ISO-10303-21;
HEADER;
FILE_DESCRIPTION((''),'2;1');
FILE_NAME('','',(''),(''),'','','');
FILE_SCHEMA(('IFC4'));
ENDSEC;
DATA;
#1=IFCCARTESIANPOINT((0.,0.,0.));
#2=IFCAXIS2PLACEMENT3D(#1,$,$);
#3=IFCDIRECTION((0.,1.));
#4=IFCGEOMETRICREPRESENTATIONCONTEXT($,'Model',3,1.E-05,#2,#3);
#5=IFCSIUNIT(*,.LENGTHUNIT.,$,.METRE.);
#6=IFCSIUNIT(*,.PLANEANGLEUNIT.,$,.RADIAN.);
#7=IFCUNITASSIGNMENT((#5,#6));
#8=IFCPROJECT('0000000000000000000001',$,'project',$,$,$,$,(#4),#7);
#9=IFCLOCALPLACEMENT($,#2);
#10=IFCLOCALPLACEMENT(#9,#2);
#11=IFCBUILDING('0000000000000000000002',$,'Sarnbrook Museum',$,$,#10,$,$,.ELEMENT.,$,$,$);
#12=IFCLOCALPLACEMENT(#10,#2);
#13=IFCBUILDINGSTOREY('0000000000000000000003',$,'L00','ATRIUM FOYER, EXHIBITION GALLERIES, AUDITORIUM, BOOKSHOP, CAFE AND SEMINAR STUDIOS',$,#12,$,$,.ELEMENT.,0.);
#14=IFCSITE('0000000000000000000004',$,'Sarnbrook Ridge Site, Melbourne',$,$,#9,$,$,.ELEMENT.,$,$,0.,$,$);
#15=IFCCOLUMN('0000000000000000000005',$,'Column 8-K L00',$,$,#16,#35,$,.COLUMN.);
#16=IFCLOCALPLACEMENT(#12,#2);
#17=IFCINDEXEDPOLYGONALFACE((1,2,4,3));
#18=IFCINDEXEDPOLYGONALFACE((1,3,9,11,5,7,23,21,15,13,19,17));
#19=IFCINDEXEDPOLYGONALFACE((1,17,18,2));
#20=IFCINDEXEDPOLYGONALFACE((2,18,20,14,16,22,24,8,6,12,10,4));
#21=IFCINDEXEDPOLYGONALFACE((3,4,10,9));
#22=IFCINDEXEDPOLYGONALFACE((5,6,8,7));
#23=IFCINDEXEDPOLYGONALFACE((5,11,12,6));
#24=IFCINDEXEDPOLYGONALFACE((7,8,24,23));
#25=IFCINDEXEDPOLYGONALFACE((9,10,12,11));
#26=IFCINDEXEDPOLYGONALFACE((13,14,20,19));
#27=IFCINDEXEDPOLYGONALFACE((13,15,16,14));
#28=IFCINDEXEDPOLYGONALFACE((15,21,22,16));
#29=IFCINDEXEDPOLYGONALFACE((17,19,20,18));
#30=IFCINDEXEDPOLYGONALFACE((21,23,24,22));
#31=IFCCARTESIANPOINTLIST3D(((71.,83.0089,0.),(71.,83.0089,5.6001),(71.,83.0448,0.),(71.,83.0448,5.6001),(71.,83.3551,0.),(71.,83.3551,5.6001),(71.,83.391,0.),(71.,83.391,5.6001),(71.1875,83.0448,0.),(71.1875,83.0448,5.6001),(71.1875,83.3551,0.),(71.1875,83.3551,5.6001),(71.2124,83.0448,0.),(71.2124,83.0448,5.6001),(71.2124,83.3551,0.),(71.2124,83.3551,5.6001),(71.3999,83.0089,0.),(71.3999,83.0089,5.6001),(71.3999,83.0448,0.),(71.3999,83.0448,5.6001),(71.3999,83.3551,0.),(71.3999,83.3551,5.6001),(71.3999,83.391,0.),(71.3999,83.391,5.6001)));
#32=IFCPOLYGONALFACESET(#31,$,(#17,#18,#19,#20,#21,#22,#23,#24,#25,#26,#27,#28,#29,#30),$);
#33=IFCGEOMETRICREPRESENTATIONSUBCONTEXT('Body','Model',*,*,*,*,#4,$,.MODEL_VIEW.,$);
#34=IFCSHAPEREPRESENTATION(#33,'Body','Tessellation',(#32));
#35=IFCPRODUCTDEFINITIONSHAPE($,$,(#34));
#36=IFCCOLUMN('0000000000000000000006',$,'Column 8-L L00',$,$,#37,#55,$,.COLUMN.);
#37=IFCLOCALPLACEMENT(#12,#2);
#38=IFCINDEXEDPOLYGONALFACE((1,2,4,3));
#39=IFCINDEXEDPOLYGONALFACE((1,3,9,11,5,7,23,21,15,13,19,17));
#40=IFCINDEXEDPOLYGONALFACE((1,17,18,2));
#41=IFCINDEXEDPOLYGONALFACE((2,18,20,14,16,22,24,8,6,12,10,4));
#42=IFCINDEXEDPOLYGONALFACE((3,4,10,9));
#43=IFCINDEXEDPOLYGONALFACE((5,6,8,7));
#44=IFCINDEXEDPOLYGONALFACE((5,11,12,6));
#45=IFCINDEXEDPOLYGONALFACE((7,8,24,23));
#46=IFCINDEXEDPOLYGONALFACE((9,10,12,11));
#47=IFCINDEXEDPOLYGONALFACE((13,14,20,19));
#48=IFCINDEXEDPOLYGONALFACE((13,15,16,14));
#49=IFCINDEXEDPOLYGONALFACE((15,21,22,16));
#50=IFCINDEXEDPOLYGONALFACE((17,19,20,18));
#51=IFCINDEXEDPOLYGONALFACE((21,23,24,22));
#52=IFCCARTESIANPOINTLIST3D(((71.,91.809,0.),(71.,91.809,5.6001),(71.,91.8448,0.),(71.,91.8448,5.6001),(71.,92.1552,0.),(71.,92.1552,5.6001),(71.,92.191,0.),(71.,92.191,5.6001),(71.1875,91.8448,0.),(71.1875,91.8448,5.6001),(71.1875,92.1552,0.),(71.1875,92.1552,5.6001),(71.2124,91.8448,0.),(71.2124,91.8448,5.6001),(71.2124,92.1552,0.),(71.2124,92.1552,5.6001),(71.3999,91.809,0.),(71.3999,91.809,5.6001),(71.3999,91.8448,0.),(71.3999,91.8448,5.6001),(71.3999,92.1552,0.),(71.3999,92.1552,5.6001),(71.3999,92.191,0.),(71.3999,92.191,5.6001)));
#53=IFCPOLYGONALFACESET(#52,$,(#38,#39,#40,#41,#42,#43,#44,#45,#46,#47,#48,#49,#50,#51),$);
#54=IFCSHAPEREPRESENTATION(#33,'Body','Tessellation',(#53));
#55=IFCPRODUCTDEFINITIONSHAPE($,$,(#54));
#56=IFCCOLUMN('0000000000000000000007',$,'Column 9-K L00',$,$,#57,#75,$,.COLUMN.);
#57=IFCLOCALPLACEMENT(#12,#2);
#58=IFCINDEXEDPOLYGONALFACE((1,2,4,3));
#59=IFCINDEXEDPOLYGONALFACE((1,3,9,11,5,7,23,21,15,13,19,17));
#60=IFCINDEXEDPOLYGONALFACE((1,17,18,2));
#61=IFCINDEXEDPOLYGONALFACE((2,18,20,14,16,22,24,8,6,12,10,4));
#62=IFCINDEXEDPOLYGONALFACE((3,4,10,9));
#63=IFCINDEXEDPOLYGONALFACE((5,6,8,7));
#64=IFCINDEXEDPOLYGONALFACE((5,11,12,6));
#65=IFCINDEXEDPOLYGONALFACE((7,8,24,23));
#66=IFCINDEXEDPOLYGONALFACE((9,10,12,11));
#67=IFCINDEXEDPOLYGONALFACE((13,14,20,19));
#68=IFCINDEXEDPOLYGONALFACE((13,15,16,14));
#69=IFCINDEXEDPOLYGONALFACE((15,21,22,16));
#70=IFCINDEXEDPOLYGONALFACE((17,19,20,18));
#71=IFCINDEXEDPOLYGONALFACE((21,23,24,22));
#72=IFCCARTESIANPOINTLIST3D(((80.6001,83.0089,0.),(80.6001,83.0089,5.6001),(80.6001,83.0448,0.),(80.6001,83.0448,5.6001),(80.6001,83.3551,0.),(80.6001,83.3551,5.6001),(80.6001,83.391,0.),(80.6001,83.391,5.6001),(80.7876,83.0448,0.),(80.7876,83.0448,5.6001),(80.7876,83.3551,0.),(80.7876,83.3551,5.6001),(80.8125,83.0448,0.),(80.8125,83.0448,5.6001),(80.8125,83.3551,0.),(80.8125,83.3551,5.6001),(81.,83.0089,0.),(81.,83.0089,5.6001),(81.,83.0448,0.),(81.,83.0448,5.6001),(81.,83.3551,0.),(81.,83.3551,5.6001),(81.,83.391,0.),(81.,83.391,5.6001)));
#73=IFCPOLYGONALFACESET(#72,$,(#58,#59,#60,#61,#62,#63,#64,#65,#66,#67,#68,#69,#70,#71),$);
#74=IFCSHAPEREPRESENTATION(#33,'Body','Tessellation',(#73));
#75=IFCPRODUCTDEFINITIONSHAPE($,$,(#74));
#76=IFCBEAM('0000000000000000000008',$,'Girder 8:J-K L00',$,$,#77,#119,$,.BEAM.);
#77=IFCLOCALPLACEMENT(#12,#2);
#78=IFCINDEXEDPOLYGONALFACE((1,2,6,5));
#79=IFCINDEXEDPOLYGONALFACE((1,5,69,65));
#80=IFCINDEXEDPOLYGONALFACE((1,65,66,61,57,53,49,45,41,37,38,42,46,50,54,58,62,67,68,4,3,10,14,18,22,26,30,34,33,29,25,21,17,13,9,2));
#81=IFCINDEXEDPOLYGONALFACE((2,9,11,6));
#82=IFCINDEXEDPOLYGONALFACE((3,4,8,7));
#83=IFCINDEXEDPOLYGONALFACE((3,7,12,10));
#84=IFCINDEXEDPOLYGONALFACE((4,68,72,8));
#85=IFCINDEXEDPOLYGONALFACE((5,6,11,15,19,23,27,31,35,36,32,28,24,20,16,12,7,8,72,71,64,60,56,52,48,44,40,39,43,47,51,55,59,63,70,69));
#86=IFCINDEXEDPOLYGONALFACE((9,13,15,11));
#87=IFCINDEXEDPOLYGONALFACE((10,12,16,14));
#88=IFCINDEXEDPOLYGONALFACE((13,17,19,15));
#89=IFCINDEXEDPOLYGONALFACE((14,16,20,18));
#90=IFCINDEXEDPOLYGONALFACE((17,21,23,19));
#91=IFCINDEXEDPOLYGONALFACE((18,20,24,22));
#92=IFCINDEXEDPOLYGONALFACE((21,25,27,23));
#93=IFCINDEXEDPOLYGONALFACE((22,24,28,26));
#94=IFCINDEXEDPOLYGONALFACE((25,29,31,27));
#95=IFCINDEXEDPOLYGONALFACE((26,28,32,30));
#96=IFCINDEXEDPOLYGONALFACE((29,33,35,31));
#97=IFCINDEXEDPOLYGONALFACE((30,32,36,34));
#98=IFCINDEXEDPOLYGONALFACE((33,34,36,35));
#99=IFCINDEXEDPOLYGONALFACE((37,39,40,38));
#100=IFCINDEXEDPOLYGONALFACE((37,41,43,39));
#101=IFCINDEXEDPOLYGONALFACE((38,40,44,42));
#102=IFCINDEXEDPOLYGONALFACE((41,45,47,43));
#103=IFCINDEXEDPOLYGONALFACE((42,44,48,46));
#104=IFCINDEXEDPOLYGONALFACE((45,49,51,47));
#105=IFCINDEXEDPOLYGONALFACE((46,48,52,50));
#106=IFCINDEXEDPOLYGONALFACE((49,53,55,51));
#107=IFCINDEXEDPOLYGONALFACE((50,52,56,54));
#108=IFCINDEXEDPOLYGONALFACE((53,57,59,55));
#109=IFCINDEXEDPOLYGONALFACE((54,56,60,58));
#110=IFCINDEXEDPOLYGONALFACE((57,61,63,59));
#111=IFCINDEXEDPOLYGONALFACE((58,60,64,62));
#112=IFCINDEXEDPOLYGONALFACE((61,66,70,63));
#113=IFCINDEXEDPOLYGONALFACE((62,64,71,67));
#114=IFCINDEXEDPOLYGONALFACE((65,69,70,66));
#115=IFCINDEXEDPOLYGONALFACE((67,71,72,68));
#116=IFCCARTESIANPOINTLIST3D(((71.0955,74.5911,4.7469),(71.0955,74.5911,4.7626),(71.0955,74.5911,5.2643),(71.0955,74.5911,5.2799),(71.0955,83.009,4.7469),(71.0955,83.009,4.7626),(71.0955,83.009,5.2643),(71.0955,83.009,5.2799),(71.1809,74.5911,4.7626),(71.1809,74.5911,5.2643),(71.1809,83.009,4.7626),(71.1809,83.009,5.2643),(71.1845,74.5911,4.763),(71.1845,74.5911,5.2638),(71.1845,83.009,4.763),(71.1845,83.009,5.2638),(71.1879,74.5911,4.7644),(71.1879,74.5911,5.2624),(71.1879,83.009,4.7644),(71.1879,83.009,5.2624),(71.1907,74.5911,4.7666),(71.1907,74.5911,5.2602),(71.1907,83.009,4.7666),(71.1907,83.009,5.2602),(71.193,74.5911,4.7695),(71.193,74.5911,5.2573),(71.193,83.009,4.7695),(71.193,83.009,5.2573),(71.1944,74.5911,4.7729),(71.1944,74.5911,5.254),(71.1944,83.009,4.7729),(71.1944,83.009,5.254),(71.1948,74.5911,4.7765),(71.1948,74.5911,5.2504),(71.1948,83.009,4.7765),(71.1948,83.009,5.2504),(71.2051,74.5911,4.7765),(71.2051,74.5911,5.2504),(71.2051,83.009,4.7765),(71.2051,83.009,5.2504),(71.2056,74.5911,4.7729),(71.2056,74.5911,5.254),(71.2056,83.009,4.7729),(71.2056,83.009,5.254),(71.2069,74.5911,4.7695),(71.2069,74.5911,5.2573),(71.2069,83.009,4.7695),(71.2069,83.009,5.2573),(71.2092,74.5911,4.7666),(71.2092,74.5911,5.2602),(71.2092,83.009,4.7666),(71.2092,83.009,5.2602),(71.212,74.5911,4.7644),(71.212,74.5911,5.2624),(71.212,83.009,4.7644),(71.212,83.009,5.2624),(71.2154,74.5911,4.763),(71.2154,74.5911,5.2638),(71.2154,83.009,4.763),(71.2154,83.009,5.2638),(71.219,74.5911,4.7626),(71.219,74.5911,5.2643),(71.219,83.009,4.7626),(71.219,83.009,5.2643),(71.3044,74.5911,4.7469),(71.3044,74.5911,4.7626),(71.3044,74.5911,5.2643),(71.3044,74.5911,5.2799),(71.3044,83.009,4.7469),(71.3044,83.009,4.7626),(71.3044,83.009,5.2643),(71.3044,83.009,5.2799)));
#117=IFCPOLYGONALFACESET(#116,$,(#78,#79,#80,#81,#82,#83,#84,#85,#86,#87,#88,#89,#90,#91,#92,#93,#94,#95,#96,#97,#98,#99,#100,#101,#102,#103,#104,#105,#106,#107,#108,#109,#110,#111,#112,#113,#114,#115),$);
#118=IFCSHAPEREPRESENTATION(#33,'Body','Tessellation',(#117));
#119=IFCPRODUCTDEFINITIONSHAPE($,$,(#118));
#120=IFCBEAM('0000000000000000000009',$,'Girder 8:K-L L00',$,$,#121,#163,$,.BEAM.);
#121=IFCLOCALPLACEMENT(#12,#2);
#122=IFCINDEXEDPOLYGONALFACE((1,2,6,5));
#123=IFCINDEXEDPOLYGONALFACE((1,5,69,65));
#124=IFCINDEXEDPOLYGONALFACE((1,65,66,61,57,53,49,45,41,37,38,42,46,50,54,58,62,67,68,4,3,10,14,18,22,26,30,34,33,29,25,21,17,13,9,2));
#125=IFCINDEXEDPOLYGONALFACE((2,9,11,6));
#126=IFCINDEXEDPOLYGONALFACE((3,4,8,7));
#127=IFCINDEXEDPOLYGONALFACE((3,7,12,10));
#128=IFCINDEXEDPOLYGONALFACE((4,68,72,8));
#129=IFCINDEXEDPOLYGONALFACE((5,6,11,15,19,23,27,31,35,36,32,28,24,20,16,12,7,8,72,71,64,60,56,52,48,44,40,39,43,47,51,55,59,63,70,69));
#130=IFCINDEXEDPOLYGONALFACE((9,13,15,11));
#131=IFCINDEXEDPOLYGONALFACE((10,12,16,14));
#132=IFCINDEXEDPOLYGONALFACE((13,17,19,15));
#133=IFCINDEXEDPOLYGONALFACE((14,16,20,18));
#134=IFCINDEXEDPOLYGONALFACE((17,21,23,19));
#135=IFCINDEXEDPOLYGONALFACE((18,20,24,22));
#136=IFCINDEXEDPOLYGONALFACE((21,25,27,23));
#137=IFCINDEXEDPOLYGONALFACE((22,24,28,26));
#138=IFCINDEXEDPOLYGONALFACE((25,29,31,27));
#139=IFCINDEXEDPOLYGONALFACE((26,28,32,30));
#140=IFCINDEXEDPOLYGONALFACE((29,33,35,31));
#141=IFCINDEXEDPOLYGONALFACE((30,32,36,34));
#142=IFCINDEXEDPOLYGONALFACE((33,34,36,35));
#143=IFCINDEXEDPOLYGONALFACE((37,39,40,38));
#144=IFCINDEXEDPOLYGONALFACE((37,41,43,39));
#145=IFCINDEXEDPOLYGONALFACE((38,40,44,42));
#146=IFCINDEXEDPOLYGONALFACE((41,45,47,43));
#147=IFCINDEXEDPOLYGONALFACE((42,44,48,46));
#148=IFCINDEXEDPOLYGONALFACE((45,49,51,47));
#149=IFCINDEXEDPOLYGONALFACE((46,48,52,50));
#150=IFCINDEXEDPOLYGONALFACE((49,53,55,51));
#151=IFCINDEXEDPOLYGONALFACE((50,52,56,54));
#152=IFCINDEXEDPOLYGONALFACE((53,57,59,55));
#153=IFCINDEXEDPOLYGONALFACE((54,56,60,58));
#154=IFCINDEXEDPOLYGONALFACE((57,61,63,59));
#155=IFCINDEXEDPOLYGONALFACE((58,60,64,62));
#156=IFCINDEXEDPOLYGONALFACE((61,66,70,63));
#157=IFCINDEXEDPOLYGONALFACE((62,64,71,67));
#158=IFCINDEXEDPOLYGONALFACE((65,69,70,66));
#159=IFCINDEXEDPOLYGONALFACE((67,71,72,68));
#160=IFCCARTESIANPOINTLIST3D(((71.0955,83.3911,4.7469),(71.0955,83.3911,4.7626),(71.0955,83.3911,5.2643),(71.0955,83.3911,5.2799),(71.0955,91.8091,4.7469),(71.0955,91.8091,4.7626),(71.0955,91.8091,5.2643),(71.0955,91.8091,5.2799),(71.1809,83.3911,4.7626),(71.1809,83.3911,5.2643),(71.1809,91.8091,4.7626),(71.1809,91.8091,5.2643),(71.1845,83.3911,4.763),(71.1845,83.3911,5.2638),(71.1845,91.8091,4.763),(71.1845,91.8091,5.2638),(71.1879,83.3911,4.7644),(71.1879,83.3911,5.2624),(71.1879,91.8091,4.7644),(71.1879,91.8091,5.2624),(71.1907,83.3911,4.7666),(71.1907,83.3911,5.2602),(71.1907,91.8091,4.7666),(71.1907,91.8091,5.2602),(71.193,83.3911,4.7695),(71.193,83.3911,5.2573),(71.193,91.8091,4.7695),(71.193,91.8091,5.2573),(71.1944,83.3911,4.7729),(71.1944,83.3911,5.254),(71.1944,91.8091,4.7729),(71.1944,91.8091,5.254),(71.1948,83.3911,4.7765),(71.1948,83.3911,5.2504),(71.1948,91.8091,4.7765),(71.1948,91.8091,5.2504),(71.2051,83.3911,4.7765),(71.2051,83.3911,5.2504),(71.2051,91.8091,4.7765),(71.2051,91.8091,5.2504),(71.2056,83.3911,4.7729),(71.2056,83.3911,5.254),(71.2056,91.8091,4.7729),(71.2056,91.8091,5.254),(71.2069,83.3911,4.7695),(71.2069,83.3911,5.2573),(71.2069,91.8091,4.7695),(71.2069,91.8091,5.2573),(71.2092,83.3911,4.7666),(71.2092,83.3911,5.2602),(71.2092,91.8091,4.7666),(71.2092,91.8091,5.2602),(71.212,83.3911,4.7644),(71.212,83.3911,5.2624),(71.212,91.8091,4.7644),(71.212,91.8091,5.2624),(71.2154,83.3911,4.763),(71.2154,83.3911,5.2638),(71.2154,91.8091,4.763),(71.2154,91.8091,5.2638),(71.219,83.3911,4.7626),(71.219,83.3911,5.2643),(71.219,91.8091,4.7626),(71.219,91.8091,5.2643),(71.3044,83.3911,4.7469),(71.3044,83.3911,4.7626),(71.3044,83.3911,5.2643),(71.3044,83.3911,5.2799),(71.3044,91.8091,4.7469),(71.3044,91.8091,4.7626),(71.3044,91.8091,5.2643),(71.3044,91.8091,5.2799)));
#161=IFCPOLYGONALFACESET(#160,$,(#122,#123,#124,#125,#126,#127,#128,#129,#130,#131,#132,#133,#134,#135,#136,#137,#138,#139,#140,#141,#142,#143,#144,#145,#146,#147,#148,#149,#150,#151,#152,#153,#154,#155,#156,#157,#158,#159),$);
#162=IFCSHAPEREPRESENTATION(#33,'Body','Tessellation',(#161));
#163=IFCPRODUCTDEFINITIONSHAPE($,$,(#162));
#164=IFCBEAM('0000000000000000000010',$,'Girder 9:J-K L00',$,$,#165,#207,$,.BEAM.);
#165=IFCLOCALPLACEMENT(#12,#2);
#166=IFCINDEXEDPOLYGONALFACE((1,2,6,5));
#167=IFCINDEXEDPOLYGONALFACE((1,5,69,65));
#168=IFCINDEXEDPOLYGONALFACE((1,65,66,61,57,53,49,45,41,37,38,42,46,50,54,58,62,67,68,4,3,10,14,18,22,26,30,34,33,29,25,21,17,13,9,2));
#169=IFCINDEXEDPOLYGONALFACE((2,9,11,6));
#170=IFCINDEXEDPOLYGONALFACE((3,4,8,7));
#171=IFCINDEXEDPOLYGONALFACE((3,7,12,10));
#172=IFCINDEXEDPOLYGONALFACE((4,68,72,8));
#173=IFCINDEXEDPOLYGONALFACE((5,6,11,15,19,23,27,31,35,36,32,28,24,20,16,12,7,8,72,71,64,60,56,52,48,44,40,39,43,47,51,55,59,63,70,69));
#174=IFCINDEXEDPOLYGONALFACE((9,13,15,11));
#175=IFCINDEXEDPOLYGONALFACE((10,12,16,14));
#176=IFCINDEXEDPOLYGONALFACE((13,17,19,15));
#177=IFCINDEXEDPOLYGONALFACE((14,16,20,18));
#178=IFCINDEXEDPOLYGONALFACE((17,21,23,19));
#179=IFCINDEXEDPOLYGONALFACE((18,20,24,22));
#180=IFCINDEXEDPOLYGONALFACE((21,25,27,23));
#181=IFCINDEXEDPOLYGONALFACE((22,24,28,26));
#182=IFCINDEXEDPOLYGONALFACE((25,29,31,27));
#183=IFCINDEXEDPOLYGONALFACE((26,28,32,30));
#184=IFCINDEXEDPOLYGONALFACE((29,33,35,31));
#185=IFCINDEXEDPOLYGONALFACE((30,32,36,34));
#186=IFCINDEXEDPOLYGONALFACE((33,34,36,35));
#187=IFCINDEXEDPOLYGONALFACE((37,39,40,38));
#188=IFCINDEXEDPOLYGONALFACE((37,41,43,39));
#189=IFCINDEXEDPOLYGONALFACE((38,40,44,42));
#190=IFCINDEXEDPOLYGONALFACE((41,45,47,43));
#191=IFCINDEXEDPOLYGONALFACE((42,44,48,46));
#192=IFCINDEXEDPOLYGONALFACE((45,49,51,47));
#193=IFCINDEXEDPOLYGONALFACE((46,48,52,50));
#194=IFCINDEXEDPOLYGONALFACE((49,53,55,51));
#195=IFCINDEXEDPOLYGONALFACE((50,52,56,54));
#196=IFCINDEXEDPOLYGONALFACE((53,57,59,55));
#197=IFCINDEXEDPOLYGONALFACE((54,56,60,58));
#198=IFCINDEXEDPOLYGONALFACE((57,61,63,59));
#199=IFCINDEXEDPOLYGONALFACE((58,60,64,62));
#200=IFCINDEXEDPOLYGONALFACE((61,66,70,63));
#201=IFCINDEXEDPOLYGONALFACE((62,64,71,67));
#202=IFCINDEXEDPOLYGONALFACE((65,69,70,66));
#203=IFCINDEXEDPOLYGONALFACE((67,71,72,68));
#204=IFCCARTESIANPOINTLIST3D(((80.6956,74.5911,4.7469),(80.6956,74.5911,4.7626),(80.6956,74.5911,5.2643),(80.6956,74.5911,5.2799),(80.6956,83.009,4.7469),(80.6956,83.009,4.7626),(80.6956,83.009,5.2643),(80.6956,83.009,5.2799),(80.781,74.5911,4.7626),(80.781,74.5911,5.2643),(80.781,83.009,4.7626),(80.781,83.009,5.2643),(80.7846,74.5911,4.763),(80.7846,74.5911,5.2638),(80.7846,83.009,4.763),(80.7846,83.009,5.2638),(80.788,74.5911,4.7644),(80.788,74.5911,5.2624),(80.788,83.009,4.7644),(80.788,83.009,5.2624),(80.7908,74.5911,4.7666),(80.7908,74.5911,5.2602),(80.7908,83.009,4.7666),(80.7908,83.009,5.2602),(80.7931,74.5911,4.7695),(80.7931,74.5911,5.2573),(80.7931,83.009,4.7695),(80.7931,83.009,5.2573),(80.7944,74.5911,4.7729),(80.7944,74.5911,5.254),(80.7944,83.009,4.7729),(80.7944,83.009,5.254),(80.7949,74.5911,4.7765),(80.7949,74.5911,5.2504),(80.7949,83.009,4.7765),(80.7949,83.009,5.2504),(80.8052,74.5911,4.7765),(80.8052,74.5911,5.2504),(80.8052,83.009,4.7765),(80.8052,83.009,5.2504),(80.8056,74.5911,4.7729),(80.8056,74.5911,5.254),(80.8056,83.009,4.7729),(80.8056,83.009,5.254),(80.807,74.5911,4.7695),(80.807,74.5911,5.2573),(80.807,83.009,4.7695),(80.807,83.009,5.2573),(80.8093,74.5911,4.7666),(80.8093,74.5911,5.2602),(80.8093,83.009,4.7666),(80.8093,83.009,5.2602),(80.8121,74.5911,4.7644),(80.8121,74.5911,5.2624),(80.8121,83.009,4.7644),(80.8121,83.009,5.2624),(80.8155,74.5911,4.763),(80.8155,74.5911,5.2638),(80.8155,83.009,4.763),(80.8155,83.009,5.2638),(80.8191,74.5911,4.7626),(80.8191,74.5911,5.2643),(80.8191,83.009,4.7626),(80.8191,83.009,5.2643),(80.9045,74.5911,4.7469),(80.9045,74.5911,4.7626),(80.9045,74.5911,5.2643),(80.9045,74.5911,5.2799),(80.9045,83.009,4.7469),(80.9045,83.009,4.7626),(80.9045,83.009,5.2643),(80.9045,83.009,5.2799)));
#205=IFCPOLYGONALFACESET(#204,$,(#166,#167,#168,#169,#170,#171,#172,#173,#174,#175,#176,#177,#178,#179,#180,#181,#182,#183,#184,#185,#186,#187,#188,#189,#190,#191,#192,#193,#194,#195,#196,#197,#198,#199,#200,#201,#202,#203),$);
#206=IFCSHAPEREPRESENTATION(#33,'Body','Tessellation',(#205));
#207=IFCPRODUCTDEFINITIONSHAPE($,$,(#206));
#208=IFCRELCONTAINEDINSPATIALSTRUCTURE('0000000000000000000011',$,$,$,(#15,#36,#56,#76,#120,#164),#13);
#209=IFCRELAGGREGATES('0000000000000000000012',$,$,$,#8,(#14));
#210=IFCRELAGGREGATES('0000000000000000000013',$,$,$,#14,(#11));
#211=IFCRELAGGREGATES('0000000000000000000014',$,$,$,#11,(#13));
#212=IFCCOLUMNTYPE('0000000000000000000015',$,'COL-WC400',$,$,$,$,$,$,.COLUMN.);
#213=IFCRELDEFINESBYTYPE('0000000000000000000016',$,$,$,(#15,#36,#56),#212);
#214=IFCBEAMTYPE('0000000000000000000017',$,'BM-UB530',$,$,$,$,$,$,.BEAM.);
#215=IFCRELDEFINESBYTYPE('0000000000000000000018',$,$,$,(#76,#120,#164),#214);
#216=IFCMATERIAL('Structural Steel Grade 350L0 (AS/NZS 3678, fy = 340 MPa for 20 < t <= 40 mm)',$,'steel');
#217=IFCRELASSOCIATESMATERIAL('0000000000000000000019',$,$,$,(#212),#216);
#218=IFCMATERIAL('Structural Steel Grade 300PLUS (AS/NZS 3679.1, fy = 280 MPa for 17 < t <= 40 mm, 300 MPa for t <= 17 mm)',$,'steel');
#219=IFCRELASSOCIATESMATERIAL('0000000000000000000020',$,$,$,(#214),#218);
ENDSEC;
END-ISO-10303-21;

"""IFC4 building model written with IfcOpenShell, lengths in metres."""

from ifc_helpers import new_model, si_unit, direction, frame, origin, origin_2d, place, context, subcontext, project, spatial, i_section, extrude, material, material_profile, profile_set, type_object, element, save


model = new_model("IFC4")

# Units and contexts
model_context = context("Model", 3, precision=1e-05, world=origin(), true_north=direction((0.0, 1.0)))
body_context = subcontext(model_context, "Body", "Model", "MODEL_VIEW")
ifc_project = project(units=[si_unit("LENGTHUNIT", "METRE"), si_unit("PLANEANGLEUNIT", "RADIAN")], contexts=[model_context])

# Site, building, storey
site_placement = place(None, origin())
site = spatial("IfcSite", under=ifc_project, at=site_placement, Name="Sarnbrook Ridge Site, Melbourne", CompositionType="ELEMENT", RefElevation=0.0)
building_placement = place(site_placement, origin())
building = spatial("IfcBuilding", under=site, at=building_placement, Name="Sarnbrook Museum", CompositionType="ELEMENT")
storey_placement = place(building_placement, origin())
storey = spatial("IfcBuildingStorey", under=building, at=storey_placement, Name="L00", Description="ATRIUM FOYER, EXHIBITION GALLERIES, AUDITORIUM, BOOKSHOP, CAFE AND SEMINAR STUDIOS", CompositionType="ELEMENT", Elevation=0.0)

# Columns
ifc_material_1 = material(Name="Structural Steel Grade 350L0 (AS/NZS 3678, fy = 340 MPa for 20 < t <= 40 mm)", Category="steel")
ifc_material_profile_1 = material_profile(ifc_material_1, i_section(OverallWidth=0.3999, OverallDepth=0.3821, WebThickness=0.0249, FlangeThickness=0.0359, at=origin_2d()), Name="400WC270")
ifc_profile_set_1 = profile_set([ifc_material_profile_1], Name="Structural Steel Grade 350L0 (AS/NZS 3678, fy = 340 MPa for 20 < t <= 40 mm)")
column_type = type_object("IfcColumnType", Name="COL-WC400", PredefinedType="COLUMN", material=ifc_profile_set_1)
for number, where, z_axis, x_axis, name in (
    (1, (71.2, 83.2, 0.0), (0.0, 0.0, 1.0), (1.0, 0.0, 0.0), "Column 8-K L00"),
    (2, (71.2, 92.0, 0.0), (0.0, 0.0, 1.0), (1.0, 0.0, 0.0), "Column 8-L L00"),
    (3, (80.8, 83.2, 0.0), (0.0, 0.0, 1.0), (1.0, 0.0, 0.0), "Column 9-K L00"),
):
    element("IfcColumn", number, at=place(storey_placement, frame(where, z_axis=z_axis, x_axis=x_axis)), inside=storey, type_object=column_type, Name=name, PredefinedType="COLUMN", context=body_context, shape_type="SweptSolid", body=[
        extrude(i_section(OverallWidth=0.3999, OverallDepth=0.3821, WebThickness=0.0249, FlangeThickness=0.0359, at=origin_2d()), origin(), (0.0, 0.0, 1.0), 5.6001),
    ])

# Beams
ifc_material_2 = material(Name="Structural Steel Grade 300PLUS (AS/NZS 3679.1, fy = 280 MPa for 17 < t <= 40 mm, 300 MPa for t <= 17 mm)", Category="steel")
ifc_material_profile_2 = material_profile(ifc_material_2, i_section(OverallWidth=0.209, OverallDepth=0.533, WebThickness=0.0103, FlangeThickness=0.0156, FilletRadius=0.0139, at=origin_2d()), Name="530UB92.4")
ifc_profile_set_2 = profile_set([ifc_material_profile_2], Name="Structural Steel Grade 300PLUS (AS/NZS 3679.1, fy = 280 MPa for 17 < t <= 40 mm, 300 MPa for t <= 17 mm)")
beam_type_1 = type_object("IfcBeamType", Name="BM-UB530", PredefinedType="BEAM", material=ifc_profile_set_2)
for number, where, z_axis, x_axis, name in (
    (4, (71.2, 74.5911, 5.0134), (0.0, 1.0, 0.0), (-1.0, 0.0, 0.0), "Girder 8:J-K L00"),
    (5, (71.2, 83.3911, 5.0134), (0.0, 1.0, 0.0), (-1.0, 0.0, 0.0), "Girder 8:K-L L00"),
    (6, (80.8, 74.5911, 5.0134), (0.0, 1.0, 0.0), (-1.0, 0.0, 0.0), "Girder 9:J-K L00"),
):
    element("IfcBeam", number, at=place(storey_placement, frame(where, z_axis=z_axis, x_axis=x_axis)), inside=storey, type_object=beam_type_1, Name=name, PredefinedType="BEAM", context=body_context, shape_type="SweptSolid", body=[
        extrude(i_section(OverallWidth=0.209, OverallDepth=0.533, WebThickness=0.0103, FlangeThickness=0.0156, FilletRadius=0.0139, at=origin_2d()), origin(), (0.0, 0.0, 1.0), 8.418),
    ])

save(model, "model.ifc")
